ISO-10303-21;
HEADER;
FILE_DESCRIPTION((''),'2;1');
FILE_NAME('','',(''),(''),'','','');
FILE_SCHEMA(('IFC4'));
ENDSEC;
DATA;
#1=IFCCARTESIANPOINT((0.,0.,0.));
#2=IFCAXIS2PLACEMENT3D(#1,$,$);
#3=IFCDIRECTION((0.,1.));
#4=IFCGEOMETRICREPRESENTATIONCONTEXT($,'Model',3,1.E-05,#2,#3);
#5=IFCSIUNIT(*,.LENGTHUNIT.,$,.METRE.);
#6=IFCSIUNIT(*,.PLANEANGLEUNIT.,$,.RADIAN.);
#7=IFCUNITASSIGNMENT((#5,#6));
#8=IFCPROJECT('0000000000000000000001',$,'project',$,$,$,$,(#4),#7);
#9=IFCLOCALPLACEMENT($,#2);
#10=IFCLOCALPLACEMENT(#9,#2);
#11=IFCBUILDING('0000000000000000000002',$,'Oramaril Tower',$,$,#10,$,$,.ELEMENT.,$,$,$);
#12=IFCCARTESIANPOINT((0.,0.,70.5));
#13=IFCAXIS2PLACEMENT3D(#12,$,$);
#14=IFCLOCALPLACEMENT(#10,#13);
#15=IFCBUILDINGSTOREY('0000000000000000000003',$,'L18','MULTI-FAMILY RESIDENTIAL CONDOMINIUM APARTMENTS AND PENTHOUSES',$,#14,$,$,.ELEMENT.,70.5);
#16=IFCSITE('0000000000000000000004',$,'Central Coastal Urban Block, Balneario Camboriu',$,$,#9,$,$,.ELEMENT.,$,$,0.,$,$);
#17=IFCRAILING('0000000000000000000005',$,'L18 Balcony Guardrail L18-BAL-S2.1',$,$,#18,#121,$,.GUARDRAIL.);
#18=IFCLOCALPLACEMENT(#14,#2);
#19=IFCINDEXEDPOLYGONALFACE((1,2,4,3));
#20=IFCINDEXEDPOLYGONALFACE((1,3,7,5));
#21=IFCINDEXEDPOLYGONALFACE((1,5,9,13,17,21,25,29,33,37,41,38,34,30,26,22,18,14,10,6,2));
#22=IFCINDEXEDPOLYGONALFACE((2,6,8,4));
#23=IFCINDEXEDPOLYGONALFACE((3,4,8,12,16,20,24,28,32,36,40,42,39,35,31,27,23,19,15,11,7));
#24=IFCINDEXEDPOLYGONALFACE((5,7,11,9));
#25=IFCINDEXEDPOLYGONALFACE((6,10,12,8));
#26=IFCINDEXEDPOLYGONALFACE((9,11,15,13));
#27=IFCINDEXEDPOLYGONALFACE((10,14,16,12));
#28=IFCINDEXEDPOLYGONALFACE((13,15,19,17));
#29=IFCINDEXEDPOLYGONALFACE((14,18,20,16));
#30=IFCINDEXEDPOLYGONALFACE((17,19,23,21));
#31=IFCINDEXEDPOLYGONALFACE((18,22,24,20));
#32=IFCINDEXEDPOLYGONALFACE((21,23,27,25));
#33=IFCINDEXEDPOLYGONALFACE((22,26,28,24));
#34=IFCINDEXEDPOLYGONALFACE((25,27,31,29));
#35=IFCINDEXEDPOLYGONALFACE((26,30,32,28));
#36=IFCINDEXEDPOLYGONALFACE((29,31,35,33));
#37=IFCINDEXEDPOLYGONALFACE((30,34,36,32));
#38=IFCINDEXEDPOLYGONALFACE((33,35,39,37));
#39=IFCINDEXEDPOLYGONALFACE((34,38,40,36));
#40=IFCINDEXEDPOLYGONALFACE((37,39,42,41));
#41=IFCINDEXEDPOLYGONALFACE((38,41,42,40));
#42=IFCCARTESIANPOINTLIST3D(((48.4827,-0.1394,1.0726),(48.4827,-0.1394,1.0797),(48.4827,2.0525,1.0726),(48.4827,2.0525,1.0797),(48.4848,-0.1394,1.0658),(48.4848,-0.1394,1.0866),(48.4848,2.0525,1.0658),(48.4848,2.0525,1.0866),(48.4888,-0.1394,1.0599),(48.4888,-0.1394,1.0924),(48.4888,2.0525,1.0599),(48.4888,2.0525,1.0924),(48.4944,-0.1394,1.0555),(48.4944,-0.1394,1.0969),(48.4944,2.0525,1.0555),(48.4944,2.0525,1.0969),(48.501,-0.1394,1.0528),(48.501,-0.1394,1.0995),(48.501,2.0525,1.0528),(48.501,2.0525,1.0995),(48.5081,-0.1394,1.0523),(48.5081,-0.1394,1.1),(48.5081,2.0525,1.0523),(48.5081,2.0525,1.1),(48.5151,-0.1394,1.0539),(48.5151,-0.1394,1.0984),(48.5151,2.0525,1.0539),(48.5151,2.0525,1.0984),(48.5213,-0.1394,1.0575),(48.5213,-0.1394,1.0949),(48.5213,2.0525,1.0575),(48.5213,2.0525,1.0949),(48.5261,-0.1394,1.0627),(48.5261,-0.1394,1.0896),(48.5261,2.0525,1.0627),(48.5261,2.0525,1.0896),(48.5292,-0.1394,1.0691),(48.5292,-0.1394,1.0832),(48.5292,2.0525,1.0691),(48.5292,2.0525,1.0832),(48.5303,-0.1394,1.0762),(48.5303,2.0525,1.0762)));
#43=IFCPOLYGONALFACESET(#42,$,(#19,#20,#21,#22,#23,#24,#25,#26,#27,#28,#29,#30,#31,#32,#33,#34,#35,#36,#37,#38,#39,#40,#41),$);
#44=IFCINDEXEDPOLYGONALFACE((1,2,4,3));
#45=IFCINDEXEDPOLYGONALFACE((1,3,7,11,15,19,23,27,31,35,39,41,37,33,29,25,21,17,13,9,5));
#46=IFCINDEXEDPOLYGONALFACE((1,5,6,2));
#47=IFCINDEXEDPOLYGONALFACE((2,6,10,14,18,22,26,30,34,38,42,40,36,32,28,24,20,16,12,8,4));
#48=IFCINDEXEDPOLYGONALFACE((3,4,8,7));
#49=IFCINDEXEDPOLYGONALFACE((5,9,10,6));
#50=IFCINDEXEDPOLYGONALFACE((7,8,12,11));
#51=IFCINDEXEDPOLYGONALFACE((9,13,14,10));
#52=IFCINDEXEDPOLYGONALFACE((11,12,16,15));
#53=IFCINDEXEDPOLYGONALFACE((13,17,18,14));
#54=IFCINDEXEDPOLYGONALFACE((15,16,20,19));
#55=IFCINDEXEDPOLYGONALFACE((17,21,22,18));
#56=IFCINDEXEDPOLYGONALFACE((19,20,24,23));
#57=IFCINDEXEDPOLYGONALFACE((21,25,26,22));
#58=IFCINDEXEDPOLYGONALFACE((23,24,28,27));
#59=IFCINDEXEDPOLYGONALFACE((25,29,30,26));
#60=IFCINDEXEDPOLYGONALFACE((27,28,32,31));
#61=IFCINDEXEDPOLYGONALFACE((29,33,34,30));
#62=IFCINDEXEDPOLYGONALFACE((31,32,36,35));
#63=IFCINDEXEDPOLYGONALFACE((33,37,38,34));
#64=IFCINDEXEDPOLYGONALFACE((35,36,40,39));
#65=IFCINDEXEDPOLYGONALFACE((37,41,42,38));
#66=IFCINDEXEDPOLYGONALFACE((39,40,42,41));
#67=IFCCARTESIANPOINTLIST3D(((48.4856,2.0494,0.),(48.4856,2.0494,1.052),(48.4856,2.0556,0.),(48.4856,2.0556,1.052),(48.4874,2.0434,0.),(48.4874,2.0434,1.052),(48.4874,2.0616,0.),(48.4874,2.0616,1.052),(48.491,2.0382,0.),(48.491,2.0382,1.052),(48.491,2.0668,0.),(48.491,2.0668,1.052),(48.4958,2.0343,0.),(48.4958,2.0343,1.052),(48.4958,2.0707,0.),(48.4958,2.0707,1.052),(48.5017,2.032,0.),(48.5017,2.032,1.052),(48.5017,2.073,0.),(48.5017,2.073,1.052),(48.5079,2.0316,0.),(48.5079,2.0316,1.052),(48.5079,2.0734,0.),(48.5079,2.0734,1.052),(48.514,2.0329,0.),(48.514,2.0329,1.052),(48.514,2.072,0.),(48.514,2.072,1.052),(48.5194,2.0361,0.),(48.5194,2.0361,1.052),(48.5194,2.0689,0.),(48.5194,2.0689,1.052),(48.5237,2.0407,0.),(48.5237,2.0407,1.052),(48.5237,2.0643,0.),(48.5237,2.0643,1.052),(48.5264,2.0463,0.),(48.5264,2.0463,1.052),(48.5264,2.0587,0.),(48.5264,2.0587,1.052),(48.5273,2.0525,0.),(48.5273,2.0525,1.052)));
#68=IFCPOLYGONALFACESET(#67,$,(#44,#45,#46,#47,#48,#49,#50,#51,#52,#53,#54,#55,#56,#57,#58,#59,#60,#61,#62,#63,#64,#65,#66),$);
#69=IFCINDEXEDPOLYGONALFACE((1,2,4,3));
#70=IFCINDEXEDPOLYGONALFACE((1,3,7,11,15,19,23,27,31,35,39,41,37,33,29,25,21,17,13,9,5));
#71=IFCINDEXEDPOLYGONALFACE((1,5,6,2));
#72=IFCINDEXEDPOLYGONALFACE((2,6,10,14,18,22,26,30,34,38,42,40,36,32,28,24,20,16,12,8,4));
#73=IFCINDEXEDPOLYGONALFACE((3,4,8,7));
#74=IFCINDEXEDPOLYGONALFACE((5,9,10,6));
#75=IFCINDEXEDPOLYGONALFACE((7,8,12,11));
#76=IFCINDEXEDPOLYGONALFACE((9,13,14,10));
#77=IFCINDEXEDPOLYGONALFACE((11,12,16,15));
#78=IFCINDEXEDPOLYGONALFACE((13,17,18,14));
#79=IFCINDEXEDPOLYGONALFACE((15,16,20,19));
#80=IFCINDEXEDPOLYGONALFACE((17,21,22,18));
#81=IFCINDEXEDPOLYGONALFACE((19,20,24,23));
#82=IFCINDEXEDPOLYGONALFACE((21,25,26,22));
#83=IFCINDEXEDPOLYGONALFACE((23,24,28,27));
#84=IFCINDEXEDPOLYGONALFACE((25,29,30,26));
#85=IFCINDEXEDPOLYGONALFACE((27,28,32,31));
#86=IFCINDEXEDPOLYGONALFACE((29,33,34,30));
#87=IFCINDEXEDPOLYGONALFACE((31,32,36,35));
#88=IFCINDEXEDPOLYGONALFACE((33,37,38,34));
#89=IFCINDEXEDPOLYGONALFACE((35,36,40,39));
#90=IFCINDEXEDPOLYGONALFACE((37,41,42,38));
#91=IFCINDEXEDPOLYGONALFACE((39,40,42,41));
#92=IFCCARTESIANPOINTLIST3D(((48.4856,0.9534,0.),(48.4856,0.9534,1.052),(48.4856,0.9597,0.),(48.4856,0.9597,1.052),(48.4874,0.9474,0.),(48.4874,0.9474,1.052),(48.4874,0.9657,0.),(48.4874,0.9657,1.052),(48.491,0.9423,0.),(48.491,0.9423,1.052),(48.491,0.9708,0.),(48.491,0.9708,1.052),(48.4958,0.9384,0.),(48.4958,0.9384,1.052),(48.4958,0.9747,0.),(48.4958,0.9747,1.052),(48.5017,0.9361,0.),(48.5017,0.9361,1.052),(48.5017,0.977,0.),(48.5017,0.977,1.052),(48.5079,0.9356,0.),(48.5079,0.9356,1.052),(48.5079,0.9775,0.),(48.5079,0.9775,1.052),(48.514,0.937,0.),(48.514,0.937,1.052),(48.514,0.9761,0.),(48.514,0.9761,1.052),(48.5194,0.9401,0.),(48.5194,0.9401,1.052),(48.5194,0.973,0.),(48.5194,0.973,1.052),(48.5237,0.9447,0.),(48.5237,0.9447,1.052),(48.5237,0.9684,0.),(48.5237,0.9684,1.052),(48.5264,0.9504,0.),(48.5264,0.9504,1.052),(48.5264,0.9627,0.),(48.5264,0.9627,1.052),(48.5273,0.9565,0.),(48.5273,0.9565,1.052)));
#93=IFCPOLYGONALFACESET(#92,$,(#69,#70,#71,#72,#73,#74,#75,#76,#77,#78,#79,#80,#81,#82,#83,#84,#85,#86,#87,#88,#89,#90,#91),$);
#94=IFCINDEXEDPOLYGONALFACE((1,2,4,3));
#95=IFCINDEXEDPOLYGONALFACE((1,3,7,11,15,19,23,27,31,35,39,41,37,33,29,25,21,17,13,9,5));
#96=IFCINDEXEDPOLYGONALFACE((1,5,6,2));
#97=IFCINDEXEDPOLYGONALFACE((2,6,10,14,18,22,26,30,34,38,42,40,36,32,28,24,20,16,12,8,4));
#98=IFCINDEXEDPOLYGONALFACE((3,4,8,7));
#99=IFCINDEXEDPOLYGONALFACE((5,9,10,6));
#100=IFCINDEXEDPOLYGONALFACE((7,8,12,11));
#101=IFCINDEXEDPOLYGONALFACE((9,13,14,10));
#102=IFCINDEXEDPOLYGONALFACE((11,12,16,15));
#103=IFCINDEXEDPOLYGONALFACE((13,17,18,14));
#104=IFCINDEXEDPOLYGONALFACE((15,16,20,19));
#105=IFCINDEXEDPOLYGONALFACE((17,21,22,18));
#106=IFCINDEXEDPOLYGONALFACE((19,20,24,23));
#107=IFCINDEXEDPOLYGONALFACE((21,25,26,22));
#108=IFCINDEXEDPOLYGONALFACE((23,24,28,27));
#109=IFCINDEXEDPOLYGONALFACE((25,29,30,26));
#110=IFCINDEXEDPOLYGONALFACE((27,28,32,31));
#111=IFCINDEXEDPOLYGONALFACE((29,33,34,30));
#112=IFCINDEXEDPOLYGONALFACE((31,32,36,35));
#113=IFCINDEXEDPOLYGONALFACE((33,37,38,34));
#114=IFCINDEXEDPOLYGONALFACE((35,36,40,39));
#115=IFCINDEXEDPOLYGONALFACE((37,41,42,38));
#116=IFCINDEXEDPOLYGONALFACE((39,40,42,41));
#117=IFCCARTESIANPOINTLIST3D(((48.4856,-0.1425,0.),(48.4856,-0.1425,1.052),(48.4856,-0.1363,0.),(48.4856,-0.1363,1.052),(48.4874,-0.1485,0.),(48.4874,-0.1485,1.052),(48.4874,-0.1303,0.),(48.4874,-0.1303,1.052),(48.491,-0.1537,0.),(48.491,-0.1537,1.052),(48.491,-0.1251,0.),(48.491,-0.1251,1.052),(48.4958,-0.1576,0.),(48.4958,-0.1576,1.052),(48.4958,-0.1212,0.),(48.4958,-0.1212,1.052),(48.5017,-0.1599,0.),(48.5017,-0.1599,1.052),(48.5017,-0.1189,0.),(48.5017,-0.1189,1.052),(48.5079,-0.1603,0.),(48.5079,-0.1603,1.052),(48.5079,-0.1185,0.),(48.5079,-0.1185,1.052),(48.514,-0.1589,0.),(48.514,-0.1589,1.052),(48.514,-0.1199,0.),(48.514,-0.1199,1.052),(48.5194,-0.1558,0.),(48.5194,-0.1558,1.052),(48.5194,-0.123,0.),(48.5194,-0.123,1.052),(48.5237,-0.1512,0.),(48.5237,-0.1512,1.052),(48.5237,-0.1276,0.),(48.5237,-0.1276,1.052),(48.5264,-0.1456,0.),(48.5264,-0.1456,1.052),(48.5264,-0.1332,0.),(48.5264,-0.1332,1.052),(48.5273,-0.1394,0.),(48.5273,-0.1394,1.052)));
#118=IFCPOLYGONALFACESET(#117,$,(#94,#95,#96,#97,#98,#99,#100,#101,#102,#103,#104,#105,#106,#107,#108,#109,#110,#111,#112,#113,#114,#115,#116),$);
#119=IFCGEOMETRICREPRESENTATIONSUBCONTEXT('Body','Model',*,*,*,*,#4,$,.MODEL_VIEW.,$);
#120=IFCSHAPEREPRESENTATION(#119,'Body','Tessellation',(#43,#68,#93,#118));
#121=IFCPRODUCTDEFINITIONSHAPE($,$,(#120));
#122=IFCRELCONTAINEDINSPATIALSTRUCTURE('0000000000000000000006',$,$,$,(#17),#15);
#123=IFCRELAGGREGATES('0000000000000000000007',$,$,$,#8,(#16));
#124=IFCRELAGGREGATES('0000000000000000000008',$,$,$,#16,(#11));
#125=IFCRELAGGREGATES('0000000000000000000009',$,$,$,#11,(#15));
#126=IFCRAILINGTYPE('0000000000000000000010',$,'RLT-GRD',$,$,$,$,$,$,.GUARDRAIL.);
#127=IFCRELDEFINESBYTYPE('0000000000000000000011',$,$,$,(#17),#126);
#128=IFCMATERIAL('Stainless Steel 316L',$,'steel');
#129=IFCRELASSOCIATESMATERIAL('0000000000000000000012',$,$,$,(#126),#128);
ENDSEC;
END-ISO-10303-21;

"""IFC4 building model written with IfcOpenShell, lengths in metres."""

from ifc_helpers import new_model, si_unit, direction, frame, origin, origin_2d, place, context, subcontext, project, spatial, circle, extrude, material, type_object, element, save


model = new_model("IFC4")

# Units and contexts
model_context = context("Model", 3, precision=1e-05, world=origin(), true_north=direction((0.0, 1.0)))
body_context = subcontext(model_context, "Body", "Model", "MODEL_VIEW")
ifc_project = project(units=[si_unit("LENGTHUNIT", "METRE"), si_unit("PLANEANGLEUNIT", "RADIAN")], contexts=[model_context])

# Site, building, storey
site_placement = place(None, origin())
site = spatial("IfcSite", under=ifc_project, at=site_placement, Name="Central Coastal Urban Block, Balneario Camboriu", CompositionType="ELEMENT", RefElevation=0.0)
building_placement = place(site_placement, origin())
building = spatial("IfcBuilding", under=site, at=building_placement, Name="Oramaril Tower", CompositionType="ELEMENT")
storey_placement = place(building_placement, frame((0.0, 0.0, 70.5)))
storey = spatial("IfcBuildingStorey", under=building, at=storey_placement, Name="L18", Description="MULTI-FAMILY RESIDENTIAL CONDOMINIUM APARTMENTS AND PENTHOUSES", CompositionType="ELEMENT", Elevation=70.5)

# Railing
ifc_material_1 = material(Name="Stainless Steel 316L", Category="steel")
railing_type = type_object("IfcRailingType", Name="RLT-GRD", PredefinedType="GUARDRAIL", material=ifc_material_1)
railing_1_placement = place(storey_placement, frame((48.5063, 2.0525, 0.0)))
element("IfcRailing", 1, at=railing_1_placement, inside=storey, type_object=railing_type, Name="L18 Balcony Guardrail L18-BAL-S2.1", PredefinedType="GUARDRAIL", context=body_context, shape_type="SweptSolid", body=[
    extrude(circle(Radius=0.0239, at=origin_2d()), frame((0.0, 0.0, 1.0762), z_axis=(0.0, -1.0, 0.0), x_axis=(1.0, 0.0, 0.0)), (0.0, 0.0, 1.0), 2.1919),
    extrude(circle(Radius=0.021, at=origin_2d()), origin(), (0.0, 0.0, 1.0), 1.052),
    extrude(circle(Radius=0.021, at=origin_2d()), frame((0.0, -1.0959, 0.0)), (0.0, 0.0, 1.0), 1.052),
    extrude(circle(Radius=0.021, at=origin_2d()), frame((0.0, -2.1919, 0.0)), (0.0, 0.0, 1.0), 1.052),
])

save(model, "model.ifc")
